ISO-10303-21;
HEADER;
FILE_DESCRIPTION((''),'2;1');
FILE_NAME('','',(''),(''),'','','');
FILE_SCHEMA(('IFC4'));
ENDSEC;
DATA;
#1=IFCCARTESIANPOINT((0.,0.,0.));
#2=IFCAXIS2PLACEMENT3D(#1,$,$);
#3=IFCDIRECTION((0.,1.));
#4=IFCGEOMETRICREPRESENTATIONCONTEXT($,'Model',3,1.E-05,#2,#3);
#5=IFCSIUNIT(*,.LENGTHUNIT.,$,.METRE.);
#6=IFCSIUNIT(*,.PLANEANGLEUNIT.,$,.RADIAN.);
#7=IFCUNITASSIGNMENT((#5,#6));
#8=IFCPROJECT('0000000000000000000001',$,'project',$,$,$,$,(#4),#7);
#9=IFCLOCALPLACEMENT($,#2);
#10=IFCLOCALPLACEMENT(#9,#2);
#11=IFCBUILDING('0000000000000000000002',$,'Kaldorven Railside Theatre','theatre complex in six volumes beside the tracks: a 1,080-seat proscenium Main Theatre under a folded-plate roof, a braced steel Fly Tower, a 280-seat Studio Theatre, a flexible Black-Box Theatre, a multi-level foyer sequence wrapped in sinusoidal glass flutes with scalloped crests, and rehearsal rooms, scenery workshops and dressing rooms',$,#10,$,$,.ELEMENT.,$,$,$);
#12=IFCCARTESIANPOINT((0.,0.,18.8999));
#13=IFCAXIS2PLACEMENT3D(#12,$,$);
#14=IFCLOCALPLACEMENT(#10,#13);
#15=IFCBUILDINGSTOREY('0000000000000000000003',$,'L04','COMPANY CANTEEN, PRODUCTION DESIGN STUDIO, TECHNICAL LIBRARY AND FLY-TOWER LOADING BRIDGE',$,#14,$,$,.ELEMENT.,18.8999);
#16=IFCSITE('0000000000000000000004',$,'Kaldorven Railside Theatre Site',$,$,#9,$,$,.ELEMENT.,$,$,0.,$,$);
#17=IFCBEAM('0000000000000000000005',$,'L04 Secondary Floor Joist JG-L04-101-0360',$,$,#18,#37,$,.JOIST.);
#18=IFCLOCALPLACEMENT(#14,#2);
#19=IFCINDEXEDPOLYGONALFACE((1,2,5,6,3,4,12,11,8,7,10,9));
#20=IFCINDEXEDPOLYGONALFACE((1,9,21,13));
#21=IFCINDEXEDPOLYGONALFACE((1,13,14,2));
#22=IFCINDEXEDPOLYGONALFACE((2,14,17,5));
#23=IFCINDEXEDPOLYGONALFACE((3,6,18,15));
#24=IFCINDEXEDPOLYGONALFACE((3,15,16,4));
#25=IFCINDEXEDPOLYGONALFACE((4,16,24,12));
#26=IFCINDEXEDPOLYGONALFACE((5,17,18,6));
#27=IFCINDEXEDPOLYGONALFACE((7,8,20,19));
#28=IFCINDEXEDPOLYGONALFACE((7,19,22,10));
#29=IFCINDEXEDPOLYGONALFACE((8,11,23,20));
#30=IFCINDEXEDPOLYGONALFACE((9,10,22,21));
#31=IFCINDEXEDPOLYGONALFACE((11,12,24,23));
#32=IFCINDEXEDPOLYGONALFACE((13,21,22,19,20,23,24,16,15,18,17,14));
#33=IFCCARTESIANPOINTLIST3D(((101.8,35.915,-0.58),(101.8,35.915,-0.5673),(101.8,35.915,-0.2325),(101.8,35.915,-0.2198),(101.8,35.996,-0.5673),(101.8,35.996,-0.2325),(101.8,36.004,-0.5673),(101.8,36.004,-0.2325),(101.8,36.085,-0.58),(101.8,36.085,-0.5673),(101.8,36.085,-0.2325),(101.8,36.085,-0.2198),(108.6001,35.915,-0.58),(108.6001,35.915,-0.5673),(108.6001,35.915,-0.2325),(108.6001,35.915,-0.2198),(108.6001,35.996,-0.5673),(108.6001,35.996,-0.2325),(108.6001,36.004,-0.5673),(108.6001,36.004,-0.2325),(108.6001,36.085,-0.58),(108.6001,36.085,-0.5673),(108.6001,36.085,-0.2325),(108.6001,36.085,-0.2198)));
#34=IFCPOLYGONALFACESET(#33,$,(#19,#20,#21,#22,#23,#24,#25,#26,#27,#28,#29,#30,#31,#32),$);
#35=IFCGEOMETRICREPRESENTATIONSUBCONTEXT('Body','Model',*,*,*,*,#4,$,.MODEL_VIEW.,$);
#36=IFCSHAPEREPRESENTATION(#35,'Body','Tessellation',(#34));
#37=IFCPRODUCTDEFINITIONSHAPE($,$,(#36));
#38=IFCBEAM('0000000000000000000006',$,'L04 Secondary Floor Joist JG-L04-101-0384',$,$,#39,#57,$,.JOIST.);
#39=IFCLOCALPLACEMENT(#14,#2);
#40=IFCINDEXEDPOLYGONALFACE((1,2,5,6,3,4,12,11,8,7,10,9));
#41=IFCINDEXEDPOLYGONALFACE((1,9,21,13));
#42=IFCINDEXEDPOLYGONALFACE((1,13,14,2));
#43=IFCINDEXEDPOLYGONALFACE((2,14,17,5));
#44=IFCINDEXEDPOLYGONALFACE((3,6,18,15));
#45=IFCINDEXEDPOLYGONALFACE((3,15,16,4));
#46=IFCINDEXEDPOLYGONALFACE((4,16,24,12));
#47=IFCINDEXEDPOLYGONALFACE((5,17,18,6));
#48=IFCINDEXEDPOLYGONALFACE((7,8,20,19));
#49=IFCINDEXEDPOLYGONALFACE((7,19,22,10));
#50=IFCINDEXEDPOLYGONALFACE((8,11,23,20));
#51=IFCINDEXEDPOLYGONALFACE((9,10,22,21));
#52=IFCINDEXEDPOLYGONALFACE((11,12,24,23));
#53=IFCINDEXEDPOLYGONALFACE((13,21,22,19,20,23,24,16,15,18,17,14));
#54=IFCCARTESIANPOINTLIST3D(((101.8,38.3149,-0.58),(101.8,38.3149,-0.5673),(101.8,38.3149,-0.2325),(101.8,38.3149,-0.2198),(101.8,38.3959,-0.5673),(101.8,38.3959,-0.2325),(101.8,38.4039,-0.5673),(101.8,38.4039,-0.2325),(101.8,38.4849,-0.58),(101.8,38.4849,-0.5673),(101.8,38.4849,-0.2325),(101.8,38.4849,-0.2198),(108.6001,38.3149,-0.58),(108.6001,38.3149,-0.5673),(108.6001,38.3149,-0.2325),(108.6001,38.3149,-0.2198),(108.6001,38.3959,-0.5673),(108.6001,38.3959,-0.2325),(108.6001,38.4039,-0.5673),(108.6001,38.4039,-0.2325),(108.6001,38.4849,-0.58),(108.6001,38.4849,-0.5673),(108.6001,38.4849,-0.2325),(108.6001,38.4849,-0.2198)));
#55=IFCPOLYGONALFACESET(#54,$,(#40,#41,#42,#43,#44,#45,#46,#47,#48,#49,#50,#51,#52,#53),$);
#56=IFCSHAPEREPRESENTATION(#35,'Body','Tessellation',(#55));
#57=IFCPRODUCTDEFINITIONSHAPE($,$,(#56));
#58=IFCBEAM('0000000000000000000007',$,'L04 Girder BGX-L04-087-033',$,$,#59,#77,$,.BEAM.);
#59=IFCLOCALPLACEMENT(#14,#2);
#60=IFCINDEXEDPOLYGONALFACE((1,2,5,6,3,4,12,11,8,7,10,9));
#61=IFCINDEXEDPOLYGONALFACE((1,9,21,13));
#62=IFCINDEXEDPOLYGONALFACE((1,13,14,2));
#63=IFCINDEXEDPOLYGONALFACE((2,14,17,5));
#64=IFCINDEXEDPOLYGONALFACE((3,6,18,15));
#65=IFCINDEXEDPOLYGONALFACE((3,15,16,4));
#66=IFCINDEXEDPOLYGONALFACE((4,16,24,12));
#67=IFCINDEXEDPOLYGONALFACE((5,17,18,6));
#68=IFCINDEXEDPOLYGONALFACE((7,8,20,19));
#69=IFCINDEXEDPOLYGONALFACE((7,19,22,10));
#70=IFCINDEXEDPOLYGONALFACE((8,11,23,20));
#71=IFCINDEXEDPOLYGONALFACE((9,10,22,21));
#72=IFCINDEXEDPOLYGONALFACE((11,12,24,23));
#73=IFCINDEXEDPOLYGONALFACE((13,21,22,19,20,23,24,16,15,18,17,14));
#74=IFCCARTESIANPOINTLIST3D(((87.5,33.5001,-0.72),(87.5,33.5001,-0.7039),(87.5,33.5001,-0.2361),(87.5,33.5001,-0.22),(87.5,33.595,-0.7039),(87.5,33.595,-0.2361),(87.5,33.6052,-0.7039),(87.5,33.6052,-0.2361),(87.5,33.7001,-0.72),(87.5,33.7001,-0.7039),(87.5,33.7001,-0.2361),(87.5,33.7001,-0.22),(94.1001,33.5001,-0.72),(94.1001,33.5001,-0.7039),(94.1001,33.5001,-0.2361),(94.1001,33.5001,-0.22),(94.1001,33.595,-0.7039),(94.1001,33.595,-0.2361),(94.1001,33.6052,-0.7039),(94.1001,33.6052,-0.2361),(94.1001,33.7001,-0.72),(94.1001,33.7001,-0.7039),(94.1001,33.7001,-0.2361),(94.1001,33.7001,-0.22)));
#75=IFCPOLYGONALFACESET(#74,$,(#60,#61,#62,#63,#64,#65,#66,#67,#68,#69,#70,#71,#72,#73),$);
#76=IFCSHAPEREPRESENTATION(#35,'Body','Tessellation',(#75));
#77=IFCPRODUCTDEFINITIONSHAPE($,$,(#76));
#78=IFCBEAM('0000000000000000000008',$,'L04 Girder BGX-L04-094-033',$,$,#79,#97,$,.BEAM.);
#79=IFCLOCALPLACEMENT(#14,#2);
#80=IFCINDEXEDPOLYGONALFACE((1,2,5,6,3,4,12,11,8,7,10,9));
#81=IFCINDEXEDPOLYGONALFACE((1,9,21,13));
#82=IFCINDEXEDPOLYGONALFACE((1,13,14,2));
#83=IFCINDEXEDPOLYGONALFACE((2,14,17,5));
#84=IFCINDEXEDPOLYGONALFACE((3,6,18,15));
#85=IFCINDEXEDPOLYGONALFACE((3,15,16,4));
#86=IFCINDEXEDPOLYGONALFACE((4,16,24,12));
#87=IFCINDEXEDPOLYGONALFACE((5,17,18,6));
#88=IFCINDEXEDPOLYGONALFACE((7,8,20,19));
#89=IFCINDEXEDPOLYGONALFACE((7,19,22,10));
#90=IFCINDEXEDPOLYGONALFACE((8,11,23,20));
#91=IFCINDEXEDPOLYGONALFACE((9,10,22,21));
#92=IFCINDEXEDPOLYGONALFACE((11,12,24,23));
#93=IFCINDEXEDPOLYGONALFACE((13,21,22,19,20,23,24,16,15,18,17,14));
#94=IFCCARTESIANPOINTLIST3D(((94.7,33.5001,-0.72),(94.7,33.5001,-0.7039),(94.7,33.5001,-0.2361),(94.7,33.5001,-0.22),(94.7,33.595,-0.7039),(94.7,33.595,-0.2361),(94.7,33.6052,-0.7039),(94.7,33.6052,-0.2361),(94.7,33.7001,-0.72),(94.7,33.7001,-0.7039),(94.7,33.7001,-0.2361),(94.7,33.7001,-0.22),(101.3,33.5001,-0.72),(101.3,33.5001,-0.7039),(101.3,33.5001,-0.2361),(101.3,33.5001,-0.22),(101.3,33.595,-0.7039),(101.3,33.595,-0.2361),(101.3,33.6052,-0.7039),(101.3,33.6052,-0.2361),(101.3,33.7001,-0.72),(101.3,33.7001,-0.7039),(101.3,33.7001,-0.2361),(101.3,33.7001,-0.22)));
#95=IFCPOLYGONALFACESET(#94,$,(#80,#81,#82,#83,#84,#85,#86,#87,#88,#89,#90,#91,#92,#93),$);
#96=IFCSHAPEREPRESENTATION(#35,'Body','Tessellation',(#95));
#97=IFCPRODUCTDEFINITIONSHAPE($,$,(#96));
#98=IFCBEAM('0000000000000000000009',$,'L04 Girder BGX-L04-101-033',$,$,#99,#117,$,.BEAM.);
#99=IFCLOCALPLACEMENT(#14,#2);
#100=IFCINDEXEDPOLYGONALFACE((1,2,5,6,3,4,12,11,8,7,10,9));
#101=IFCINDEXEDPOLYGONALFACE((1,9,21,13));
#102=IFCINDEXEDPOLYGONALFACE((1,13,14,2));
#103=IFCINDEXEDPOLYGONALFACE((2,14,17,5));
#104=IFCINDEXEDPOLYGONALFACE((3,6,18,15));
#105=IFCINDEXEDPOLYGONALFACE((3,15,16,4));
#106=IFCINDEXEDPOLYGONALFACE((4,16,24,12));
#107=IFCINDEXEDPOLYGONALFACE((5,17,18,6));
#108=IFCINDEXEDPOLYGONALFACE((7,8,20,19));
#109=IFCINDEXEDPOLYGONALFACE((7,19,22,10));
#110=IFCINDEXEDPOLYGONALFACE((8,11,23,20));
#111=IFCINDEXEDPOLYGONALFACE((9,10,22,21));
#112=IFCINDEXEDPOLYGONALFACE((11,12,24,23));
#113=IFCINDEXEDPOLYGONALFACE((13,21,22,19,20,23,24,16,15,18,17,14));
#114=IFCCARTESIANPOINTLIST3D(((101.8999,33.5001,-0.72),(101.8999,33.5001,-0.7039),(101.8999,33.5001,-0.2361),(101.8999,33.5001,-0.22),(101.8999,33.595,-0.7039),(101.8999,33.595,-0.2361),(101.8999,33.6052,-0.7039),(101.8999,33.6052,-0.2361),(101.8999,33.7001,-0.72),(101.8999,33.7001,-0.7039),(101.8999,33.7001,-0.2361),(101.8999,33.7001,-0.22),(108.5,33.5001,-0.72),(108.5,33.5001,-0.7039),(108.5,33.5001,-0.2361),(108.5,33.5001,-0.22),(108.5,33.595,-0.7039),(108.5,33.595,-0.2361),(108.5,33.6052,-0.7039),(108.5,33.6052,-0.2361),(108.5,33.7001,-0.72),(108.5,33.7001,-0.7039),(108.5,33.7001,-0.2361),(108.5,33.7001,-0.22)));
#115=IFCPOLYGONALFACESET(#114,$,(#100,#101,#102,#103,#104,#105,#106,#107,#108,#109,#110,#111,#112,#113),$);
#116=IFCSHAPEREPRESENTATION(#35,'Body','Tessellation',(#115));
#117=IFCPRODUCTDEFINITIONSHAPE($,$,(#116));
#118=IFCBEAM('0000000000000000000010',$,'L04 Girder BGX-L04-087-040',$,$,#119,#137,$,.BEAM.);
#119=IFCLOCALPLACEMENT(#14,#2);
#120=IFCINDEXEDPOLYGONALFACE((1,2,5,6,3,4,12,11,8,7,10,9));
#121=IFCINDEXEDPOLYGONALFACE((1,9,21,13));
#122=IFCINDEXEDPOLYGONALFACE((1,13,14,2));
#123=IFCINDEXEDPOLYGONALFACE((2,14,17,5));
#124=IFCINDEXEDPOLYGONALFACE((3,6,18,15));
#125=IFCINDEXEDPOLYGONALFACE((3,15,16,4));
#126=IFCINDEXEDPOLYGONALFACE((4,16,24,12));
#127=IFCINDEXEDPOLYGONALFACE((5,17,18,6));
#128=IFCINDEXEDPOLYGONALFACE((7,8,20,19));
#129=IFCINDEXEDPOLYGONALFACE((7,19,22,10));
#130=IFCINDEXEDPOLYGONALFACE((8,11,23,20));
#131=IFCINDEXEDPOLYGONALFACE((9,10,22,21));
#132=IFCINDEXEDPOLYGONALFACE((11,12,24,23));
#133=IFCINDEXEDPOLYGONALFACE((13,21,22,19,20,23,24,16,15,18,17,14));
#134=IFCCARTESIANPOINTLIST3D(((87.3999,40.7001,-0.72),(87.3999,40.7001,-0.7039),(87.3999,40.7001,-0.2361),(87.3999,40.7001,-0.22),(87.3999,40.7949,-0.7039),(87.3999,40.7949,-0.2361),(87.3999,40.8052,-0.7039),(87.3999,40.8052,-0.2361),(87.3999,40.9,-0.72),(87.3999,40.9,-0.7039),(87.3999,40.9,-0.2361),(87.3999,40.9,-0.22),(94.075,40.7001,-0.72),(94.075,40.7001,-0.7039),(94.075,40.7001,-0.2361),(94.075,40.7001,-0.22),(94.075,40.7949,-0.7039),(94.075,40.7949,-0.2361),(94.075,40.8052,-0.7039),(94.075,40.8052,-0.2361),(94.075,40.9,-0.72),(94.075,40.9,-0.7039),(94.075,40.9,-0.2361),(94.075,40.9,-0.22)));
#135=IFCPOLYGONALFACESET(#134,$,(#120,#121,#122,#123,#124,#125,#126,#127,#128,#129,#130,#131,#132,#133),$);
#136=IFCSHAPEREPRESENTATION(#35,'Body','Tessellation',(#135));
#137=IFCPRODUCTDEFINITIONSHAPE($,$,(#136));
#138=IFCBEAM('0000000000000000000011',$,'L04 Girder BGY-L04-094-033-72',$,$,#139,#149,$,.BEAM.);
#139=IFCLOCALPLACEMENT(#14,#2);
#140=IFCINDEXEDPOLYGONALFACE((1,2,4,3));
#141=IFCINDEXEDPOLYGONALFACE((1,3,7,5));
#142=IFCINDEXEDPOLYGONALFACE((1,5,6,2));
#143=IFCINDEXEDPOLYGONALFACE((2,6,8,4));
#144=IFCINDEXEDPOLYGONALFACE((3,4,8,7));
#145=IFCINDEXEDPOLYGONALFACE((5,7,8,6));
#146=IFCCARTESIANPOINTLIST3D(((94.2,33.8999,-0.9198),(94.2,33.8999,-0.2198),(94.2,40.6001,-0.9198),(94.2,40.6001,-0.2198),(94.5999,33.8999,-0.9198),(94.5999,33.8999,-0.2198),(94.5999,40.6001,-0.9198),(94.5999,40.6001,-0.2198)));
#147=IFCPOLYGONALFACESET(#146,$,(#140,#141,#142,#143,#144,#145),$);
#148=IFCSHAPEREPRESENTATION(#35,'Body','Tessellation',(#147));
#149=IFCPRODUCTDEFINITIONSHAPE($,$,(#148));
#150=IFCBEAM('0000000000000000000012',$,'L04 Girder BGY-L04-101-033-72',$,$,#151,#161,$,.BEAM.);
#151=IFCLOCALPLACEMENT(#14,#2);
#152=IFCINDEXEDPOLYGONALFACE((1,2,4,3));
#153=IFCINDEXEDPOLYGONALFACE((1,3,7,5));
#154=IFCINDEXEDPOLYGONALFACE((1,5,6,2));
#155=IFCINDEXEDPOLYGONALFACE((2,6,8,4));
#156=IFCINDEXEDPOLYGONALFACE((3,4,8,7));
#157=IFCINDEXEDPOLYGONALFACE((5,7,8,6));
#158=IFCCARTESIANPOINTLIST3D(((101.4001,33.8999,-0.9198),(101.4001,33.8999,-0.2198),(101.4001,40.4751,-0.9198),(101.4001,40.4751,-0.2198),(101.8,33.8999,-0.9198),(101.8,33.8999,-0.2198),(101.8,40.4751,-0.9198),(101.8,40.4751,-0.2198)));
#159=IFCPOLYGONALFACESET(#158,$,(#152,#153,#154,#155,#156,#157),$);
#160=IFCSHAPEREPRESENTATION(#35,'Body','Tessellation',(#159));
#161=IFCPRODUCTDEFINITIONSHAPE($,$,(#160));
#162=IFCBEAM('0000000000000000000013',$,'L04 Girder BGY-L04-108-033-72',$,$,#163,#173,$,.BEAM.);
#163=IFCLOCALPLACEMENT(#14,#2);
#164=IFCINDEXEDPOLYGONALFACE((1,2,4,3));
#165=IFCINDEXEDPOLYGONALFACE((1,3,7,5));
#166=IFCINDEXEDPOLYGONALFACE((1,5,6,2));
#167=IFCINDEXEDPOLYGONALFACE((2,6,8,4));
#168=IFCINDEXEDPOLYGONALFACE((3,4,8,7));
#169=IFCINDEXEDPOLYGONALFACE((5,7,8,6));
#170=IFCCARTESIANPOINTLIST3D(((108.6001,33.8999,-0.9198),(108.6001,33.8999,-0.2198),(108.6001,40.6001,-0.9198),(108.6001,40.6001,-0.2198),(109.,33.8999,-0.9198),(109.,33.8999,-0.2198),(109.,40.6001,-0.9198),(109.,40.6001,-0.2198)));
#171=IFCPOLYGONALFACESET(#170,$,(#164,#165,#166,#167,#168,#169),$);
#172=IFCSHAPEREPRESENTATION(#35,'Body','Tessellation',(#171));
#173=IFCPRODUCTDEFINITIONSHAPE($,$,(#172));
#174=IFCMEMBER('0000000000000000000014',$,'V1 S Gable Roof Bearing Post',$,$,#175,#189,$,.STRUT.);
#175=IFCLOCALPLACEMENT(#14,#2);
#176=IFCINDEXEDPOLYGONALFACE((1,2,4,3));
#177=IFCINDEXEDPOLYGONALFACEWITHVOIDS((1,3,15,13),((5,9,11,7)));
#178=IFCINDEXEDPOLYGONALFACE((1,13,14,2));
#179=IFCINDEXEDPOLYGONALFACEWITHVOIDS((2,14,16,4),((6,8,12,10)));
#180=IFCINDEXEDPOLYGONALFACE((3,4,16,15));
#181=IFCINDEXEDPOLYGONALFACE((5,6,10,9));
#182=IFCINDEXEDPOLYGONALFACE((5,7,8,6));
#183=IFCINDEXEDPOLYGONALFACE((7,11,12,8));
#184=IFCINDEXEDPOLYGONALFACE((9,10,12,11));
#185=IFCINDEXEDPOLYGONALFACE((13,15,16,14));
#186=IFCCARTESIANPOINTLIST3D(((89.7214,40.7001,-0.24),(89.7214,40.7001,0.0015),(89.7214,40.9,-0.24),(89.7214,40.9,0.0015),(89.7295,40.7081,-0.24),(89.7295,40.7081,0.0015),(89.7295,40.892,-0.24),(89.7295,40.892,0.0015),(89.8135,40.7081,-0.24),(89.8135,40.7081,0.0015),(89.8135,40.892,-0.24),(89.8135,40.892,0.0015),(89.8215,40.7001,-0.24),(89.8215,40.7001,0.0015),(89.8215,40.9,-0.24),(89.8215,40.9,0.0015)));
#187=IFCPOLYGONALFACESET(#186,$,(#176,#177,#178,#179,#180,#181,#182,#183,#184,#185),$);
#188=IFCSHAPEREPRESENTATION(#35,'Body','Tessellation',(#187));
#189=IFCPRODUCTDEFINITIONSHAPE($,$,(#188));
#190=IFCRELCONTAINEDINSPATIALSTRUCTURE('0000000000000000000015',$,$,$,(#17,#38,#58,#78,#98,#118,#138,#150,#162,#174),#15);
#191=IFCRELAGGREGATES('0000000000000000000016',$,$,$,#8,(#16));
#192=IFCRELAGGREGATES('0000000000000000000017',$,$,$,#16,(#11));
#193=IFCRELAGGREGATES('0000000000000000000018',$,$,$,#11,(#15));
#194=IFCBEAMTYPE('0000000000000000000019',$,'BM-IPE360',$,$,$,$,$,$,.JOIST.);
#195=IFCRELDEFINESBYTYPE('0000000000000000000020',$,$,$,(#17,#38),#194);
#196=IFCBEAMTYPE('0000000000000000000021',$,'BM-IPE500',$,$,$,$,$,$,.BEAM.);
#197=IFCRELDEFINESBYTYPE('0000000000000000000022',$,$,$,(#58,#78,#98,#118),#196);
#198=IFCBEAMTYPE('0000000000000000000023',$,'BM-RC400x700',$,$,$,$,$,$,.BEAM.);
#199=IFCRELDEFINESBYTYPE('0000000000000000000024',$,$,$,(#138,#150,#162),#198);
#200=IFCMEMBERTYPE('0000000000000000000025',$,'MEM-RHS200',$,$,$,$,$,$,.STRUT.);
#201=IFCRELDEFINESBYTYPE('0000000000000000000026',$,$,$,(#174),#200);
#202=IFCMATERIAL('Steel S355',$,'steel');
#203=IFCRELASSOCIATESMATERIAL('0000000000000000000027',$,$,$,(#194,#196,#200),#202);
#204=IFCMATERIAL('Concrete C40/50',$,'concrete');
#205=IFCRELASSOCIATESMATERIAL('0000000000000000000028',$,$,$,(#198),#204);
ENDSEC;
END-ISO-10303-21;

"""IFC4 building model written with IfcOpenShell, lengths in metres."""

from ifc_helpers import new_model, si_unit, direction, frame, origin, origin_2d, place, context, subcontext, project, spatial, rectangle, hollow_rectangle, i_section, extrude, material, material_profile, profile_set, type_object, element, save


model = new_model("IFC4")

# Units and contexts
model_context = context("Model", 3, precision=1e-05, world=origin(), true_north=direction((0.0, 1.0)))
body_context = subcontext(model_context, "Body", "Model", "MODEL_VIEW")
ifc_project = project(units=[si_unit("LENGTHUNIT", "METRE"), si_unit("PLANEANGLEUNIT", "RADIAN")], contexts=[model_context])

# Site, building, storey
site_placement = place(None, origin())
site = spatial("IfcSite", under=ifc_project, at=site_placement, Name="Kaldorven Railside Theatre Site", CompositionType="ELEMENT", RefElevation=0.0)
building_placement = place(site_placement, origin())
building = spatial("IfcBuilding", under=site, at=building_placement, Name="Kaldorven Railside Theatre", Description="theatre complex in six volumes beside the tracks: a 1,080-seat proscenium Main Theatre under a folded-plate roof, a braced steel Fly Tower, a 280-seat Studio Theatre, a flexible Black-Box Theatre, a multi-level foyer sequence wrapped in sinusoidal glass flutes with scalloped crests, and rehearsal rooms, scenery workshops and dressing rooms", CompositionType="ELEMENT")
storey_placement = place(building_placement, frame((0.0, 0.0, 18.8999)))
storey = spatial("IfcBuildingStorey", under=building, at=storey_placement, Name="L04", Description="COMPANY CANTEEN, PRODUCTION DESIGN STUDIO, TECHNICAL LIBRARY AND FLY-TOWER LOADING BRIDGE", CompositionType="ELEMENT", Elevation=18.8999)

# Beams
ifc_material_1 = material(Name="Steel S355", Category="steel")
ifc_material_profile_1 = material_profile(ifc_material_1, i_section(OverallWidth=0.1699, OverallDepth=0.3601, WebThickness=0.0081, FlangeThickness=0.0127, at=origin_2d()), Name="IPE 360")
ifc_profile_set_1 = profile_set([ifc_material_profile_1], Name="Steel S355")
beam_type_1 = type_object("IfcBeamType", Name="BM-IPE360", PredefinedType="JOIST", material=ifc_profile_set_1)
for number, where, z_axis, x_axis, name in (
    (1, (101.8, 36.0, -0.3999), (1.0, 0.0, 0.0), (0.0, 1.0, 0.0), "L04 Secondary Floor Joist JG-L04-101-0360"),
    (2, (101.8, 38.3999, -0.3999), (1.0, 0.0, 0.0), (0.0, 1.0, 0.0), "L04 Secondary Floor Joist JG-L04-101-0384"),
):
    element("IfcBeam", number, at=place(storey_placement, frame(where, z_axis=z_axis, x_axis=x_axis)), inside=storey, type_object=beam_type_1, Name=name, PredefinedType="JOIST", context=body_context, shape_type="SweptSolid", body=[
        extrude(i_section(OverallWidth=0.1699, OverallDepth=0.3601, WebThickness=0.0081, FlangeThickness=0.0127, at=origin_2d()), origin(), (0.0, 0.0, 1.0), 6.8),
    ])
ifc_material_profile_2 = material_profile(ifc_material_1, i_section(OverallWidth=0.2, OverallDepth=0.5, WebThickness=0.0103, FlangeThickness=0.0161, at=origin_2d()), Name="IPE 500")
ifc_profile_set_2 = profile_set([ifc_material_profile_2], Name="Steel S355")
beam_type_2 = type_object("IfcBeamType", Name="BM-IPE500", PredefinedType="BEAM", material=ifc_profile_set_2)
for number, where, z_axis, x_axis, name in (
    (3, (87.5, 33.6001, -0.47), (1.0, 0.0, 0.0), (0.0, 1.0, 0.0), "L04 Girder BGX-L04-087-033"),
    (4, (94.7, 33.6001, -0.47), (1.0, 0.0, 0.0), (0.0, 1.0, 0.0), "L04 Girder BGX-L04-094-033"),
    (5, (101.8999, 33.6001, -0.47), (1.0, 0.0, 0.0), (0.0, 1.0, 0.0), "L04 Girder BGX-L04-101-033"),
):
    element("IfcBeam", number, at=place(storey_placement, frame(where, z_axis=z_axis, x_axis=x_axis)), inside=storey, type_object=beam_type_2, Name=name, PredefinedType="BEAM", context=body_context, shape_type="SweptSolid", body=[
        extrude(i_section(OverallWidth=0.2, OverallDepth=0.5, WebThickness=0.0103, FlangeThickness=0.0161, at=origin_2d()), origin(), (0.0, 0.0, 1.0), 6.6001),
    ])
beam_1_placement = place(storey_placement, frame((87.3999, 40.8, -0.47), z_axis=(1.0, 0.0, 0.0), x_axis=(0.0, 1.0, 0.0)))
element("IfcBeam", 6, at=beam_1_placement, inside=storey, type_object=beam_type_2, Name="L04 Girder BGX-L04-087-040", PredefinedType="BEAM", context=body_context, shape_type="SweptSolid", body=[
    extrude(i_section(OverallWidth=0.2, OverallDepth=0.5, WebThickness=0.0103, FlangeThickness=0.0161, at=origin_2d()), origin(), (0.0, 0.0, 1.0), 6.675),
])
ifc_material_2 = material(Name="Concrete C40/50", Category="concrete")
ifc_material_profile_3 = material_profile(ifc_material_2, rectangle(XDim=0.3999, YDim=0.7, at=origin_2d()), Name="RC 400x700")
ifc_profile_set_3 = profile_set([ifc_material_profile_3], Name="Concrete C40/50")
beam_type_3 = type_object("IfcBeamType", Name="BM-RC400x700", PredefinedType="BEAM", material=ifc_profile_set_3)
beam_2_placement = place(storey_placement, frame((94.3999, 33.8999, -0.5698), z_axis=(0.0, 1.0, 0.0), x_axis=(-1.0, 0.0, 0.0)))
element("IfcBeam", 7, at=beam_2_placement, inside=storey, type_object=beam_type_3, Name="L04 Girder BGY-L04-094-033-72", PredefinedType="BEAM", context=body_context, shape_type="SweptSolid", body=[
    extrude(rectangle(XDim=0.3999, YDim=0.7, at=origin_2d()), origin(), (0.0, 0.0, 1.0), 6.7002),
])
beam_3_placement = place(storey_placement, frame((101.6001, 33.8999, -0.5698), z_axis=(0.0, 1.0, 0.0), x_axis=(-1.0, 0.0, 0.0)))
element("IfcBeam", 8, at=beam_3_placement, inside=storey, type_object=beam_type_3, Name="L04 Girder BGY-L04-101-033-72", PredefinedType="BEAM", context=body_context, shape_type="SweptSolid", body=[
    extrude(rectangle(XDim=0.3999, YDim=0.7, at=origin_2d()), origin(), (0.0, 0.0, 1.0), 6.5752),
])
beam_4_placement = place(storey_placement, frame((108.8, 33.8999, -0.5698), z_axis=(0.0, 1.0, 0.0), x_axis=(-1.0, 0.0, 0.0)))
element("IfcBeam", 9, at=beam_4_placement, inside=storey, type_object=beam_type_3, Name="L04 Girder BGY-L04-108-033-72", PredefinedType="BEAM", context=body_context, shape_type="SweptSolid", body=[
    extrude(rectangle(XDim=0.3999, YDim=0.7, at=origin_2d()), origin(), (0.0, 0.0, 1.0), 6.7002),
])

# Member
ifc_material_profile_4 = material_profile(ifc_material_1, hollow_rectangle(XDim=0.1001, YDim=0.2, WallThickness=0.0081, at=origin_2d()), Name="RHS 200x100x8")
ifc_profile_set_4 = profile_set([ifc_material_profile_4], Name="Steel S355")
member_type = type_object("IfcMemberType", Name="MEM-RHS200", PredefinedType="STRUT", material=ifc_profile_set_4)
member_placement = place(storey_placement, frame((89.7715, 40.8, -0.24), z_axis=(0.0, 0.0, 1.0), x_axis=(1.0, 0.0, 0.0)))
element("IfcMember", 10, at=member_placement, inside=storey, type_object=member_type, Name="V1 S Gable Roof Bearing Post", PredefinedType="STRUT", context=body_context, shape_type="SweptSolid", body=[
    extrude(hollow_rectangle(XDim=0.1001, YDim=0.2, WallThickness=0.0081, at=origin_2d()), origin(), (0.0, 0.0, 1.0), 0.2415),
])

save(model, "model.ifc")
